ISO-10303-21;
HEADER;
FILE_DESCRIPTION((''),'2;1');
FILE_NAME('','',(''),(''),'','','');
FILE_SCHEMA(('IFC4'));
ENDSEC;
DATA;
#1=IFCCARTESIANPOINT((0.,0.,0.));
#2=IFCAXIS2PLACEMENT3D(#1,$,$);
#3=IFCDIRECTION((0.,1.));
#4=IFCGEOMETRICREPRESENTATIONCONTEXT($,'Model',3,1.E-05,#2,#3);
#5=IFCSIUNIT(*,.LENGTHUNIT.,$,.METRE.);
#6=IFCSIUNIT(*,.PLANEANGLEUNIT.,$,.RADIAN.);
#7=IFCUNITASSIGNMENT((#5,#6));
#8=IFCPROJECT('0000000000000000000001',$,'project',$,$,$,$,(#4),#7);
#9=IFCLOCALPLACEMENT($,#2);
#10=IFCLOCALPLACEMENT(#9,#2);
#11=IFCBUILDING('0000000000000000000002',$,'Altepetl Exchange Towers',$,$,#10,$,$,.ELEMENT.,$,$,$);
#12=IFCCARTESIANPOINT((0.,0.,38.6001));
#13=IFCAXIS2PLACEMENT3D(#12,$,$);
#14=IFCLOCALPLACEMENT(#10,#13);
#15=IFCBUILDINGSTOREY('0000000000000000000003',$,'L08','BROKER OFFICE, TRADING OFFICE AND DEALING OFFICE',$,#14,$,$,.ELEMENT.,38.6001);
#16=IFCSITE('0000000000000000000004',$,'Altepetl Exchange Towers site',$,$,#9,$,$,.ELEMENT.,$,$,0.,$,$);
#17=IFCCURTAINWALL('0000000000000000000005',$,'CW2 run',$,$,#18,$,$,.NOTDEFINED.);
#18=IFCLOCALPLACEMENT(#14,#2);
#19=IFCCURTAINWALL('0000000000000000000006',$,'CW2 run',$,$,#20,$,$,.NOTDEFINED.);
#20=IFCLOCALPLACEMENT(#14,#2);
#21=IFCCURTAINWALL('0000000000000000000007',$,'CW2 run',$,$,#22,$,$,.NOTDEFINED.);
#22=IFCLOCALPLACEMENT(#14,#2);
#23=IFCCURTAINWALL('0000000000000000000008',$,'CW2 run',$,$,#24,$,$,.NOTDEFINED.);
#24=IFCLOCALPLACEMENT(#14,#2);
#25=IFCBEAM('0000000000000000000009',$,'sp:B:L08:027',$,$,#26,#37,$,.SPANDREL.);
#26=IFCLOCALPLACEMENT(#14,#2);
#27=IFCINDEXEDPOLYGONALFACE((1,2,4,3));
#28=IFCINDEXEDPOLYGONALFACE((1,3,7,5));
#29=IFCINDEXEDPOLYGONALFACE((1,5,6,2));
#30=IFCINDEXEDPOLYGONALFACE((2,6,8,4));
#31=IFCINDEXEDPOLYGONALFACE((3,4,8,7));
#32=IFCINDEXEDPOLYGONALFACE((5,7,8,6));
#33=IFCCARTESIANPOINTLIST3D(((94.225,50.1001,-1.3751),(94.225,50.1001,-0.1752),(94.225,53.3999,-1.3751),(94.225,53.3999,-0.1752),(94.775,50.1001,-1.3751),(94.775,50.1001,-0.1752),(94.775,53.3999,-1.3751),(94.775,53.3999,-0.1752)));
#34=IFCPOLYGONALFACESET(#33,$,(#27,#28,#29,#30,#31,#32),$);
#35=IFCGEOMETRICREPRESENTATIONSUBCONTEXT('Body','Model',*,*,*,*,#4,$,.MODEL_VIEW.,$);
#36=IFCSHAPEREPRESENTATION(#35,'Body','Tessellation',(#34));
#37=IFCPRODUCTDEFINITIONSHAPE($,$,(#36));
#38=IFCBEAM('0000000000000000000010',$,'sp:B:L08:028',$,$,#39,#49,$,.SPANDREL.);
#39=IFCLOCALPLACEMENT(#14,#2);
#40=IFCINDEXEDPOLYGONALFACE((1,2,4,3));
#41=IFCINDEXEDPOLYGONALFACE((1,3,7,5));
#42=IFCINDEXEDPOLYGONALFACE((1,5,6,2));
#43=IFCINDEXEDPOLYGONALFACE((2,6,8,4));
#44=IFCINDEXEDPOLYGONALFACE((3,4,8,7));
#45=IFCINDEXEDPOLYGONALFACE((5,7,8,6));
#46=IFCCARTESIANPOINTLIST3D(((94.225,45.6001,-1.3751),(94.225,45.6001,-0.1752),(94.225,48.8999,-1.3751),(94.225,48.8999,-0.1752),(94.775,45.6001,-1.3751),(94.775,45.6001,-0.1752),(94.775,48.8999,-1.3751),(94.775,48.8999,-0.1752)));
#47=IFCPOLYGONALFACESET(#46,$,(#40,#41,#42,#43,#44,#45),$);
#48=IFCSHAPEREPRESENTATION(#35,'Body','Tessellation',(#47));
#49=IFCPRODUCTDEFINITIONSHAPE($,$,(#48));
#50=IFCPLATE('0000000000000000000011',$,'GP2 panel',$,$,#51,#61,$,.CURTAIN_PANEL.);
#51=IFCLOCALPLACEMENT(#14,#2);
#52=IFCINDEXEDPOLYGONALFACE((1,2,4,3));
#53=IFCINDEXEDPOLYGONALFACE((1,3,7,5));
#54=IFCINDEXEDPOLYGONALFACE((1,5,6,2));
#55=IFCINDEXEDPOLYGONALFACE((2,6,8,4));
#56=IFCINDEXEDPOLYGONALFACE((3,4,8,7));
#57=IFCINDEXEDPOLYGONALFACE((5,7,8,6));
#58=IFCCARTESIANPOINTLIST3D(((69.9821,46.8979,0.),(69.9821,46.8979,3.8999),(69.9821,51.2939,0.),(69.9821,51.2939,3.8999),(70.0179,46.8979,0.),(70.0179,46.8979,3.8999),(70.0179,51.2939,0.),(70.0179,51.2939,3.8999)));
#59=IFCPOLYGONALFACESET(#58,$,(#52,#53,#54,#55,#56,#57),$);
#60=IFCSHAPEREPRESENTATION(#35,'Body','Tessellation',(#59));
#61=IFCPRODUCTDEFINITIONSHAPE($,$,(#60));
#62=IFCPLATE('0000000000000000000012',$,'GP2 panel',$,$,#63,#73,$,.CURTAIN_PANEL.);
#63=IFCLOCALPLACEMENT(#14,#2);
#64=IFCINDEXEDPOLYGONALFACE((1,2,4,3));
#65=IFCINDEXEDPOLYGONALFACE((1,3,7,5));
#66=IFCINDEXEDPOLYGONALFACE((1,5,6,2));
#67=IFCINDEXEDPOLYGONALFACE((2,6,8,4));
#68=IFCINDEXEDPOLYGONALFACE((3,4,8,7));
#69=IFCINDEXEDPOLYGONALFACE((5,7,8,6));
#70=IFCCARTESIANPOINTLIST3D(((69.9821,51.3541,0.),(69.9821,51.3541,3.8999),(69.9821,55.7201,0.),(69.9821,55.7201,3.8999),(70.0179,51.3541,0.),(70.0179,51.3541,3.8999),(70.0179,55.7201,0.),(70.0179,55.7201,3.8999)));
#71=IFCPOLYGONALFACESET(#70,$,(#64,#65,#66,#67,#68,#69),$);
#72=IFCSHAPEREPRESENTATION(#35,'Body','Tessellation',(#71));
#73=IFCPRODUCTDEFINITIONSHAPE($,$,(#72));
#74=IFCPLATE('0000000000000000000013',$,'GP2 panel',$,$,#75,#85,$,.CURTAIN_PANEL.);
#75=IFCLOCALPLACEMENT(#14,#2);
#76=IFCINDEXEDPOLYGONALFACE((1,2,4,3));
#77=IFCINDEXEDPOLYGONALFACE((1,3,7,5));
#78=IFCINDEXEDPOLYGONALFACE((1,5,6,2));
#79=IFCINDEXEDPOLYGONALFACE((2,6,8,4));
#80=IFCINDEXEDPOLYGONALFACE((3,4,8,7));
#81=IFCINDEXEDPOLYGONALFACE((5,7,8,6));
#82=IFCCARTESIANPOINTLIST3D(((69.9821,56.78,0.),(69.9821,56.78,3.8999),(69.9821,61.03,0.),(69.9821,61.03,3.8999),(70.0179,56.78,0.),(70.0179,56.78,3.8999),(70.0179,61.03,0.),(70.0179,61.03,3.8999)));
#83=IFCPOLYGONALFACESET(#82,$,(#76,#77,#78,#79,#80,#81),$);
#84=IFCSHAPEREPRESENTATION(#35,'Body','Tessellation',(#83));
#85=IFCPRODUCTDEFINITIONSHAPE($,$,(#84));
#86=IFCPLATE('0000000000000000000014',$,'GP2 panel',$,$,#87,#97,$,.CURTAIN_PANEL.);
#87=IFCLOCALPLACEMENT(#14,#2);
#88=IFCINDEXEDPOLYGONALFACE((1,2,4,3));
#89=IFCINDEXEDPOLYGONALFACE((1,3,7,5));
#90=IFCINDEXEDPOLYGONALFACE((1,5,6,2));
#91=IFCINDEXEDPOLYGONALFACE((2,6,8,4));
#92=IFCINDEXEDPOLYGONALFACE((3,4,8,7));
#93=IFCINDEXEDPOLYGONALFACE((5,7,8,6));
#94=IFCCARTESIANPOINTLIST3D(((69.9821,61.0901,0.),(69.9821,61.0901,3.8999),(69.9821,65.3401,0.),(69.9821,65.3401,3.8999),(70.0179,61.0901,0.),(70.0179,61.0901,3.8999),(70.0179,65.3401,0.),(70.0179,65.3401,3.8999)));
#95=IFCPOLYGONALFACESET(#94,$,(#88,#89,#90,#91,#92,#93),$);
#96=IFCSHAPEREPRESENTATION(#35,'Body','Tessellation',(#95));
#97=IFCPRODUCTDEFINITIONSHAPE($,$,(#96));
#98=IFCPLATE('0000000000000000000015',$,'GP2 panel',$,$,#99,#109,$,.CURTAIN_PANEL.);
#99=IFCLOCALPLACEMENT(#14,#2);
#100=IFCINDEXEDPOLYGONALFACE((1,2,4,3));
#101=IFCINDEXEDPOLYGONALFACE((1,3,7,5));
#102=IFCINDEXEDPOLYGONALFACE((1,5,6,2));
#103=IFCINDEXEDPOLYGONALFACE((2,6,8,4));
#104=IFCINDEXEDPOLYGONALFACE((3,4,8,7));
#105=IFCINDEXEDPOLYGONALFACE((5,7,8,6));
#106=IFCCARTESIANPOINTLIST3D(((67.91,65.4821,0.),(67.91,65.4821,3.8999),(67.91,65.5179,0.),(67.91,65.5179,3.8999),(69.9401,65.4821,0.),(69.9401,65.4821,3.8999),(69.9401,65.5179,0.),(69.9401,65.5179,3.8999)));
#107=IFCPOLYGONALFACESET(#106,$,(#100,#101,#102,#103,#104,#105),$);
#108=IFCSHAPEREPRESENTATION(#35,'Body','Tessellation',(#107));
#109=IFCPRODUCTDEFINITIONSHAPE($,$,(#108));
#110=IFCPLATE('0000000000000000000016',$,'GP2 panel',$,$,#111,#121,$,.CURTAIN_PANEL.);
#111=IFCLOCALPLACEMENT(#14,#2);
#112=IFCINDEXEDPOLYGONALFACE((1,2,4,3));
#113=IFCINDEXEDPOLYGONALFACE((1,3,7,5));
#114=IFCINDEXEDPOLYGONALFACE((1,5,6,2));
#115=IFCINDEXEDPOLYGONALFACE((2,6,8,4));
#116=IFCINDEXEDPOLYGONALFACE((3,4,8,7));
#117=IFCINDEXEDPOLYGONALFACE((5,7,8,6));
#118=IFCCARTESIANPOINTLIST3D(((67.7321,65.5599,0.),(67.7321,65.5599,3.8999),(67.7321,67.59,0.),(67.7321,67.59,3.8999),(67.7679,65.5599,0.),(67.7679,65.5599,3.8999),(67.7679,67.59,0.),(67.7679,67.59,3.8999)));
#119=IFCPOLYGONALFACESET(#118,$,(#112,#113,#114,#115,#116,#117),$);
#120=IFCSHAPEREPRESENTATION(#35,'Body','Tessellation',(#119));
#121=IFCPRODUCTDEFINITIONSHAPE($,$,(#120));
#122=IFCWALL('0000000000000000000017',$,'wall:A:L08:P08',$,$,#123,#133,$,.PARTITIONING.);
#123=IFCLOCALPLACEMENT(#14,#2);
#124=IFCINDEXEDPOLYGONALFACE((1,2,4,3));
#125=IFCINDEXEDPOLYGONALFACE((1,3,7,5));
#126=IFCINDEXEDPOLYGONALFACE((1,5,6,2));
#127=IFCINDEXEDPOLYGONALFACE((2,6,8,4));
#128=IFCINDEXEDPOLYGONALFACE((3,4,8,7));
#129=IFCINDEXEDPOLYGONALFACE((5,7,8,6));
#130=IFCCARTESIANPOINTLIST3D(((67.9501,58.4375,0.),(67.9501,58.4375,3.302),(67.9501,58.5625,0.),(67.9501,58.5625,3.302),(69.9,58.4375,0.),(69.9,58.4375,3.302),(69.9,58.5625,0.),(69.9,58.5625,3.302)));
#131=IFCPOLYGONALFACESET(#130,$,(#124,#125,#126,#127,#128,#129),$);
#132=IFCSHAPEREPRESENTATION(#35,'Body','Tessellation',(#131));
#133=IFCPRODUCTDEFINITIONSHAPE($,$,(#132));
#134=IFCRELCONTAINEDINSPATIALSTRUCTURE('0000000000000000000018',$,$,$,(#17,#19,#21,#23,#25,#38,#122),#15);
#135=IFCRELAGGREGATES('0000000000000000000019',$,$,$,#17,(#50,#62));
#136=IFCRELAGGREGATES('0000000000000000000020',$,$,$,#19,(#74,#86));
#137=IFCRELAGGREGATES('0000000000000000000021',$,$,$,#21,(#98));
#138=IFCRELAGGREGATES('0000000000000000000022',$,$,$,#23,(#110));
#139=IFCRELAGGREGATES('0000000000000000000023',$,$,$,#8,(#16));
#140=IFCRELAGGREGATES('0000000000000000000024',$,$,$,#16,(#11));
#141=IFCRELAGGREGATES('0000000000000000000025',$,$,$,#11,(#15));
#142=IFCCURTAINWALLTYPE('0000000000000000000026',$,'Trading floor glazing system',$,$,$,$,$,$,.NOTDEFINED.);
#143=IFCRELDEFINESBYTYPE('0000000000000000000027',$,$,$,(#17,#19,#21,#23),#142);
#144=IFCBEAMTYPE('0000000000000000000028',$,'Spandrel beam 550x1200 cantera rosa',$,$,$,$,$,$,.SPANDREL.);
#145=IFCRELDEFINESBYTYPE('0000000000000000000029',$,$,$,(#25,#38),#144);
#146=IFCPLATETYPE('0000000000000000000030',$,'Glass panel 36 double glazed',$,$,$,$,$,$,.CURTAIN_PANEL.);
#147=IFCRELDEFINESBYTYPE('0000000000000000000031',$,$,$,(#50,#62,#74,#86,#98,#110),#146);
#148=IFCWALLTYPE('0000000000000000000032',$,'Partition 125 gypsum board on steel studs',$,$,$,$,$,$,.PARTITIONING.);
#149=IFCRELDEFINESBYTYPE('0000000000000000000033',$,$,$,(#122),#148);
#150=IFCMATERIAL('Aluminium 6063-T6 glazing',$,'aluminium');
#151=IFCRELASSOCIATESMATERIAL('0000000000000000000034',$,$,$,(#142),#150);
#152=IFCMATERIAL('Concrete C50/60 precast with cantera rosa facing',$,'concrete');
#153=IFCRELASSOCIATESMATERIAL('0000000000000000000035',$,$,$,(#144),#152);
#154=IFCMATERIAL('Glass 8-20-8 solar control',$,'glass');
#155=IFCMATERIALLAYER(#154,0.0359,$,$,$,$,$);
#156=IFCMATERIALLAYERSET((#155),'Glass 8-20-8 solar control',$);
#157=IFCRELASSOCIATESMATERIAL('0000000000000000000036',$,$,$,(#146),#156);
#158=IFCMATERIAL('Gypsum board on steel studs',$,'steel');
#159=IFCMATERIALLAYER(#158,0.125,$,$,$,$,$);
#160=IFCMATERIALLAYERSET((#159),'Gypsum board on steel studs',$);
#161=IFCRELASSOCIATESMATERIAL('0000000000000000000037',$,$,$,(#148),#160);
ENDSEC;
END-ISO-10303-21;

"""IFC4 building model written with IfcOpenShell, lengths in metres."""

from ifc_helpers import new_model, si_unit, direction, frame, frame_2d, origin, origin_2d, place, context, subcontext, project, spatial, rectangle, extrude, material, layer, layer_set, material_profile, profile_set, type_object, element, aggregate, save


model = new_model("IFC4")

# Units and contexts
model_context = context("Model", 3, precision=1e-05, world=origin(), true_north=direction((0.0, 1.0)))
body_context = subcontext(model_context, "Body", "Model", "MODEL_VIEW")
ifc_project = project(units=[si_unit("LENGTHUNIT", "METRE"), si_unit("PLANEANGLEUNIT", "RADIAN")], contexts=[model_context])

# Site, building, storey
site_placement = place(None, origin())
site = spatial("IfcSite", under=ifc_project, at=site_placement, Name="Altepetl Exchange Towers site", CompositionType="ELEMENT", RefElevation=0.0)
building_placement = place(site_placement, origin())
building = spatial("IfcBuilding", under=site, at=building_placement, Name="Altepetl Exchange Towers", CompositionType="ELEMENT")
storey_placement = place(building_placement, frame((0.0, 0.0, 38.6001)))
storey = spatial("IfcBuildingStorey", under=building, at=storey_placement, Name="L08", Description="BROKER OFFICE, TRADING OFFICE AND DEALING OFFICE", CompositionType="ELEMENT", Elevation=38.6001)

# Curtain walls
ifc_material_1 = material(Name="Aluminium 6063-T6 glazing", Category="aluminium")
curtain_wall_type = type_object("IfcCurtainWallType", Name="Trading floor glazing system", PredefinedType="NOTDEFINED", material=ifc_material_1)
curtain_wall_1_placement = place(storey_placement, origin())
curtain_wall_1 = element("IfcCurtainWall", 1, at=curtain_wall_1_placement, inside=storey, type_object=curtain_wall_type, Name="CW2 run", PredefinedType="NOTDEFINED")
curtain_wall_2_placement = place(storey_placement, origin())
curtain_wall_2 = element("IfcCurtainWall", 2, at=curtain_wall_2_placement, inside=storey, type_object=curtain_wall_type, Name="CW2 run", PredefinedType="NOTDEFINED")
curtain_wall_3_placement = place(storey_placement, origin())
curtain_wall_3 = element("IfcCurtainWall", 3, at=curtain_wall_3_placement, inside=storey, type_object=curtain_wall_type, Name="CW2 run", PredefinedType="NOTDEFINED")
curtain_wall_4_placement = place(storey_placement, origin())
curtain_wall_4 = element("IfcCurtainWall", 4, at=curtain_wall_4_placement, inside=storey, type_object=curtain_wall_type, Name="CW2 run", PredefinedType="NOTDEFINED")

# Beams
ifc_material_2 = material(Name="Concrete C50/60 precast with cantera rosa facing", Category="concrete")
ifc_material_profile_1 = material_profile(ifc_material_2, rectangle(XDim=0.55, YDim=1.2, at=origin_2d()), Name="550 x 1200")
ifc_profile_set_1 = profile_set([ifc_material_profile_1], Name="Concrete C50/60 precast with cantera rosa facing")
beam_type_1 = type_object("IfcBeamType", Name="Spandrel beam 550x1200 cantera rosa", PredefinedType="SPANDREL", material=ifc_profile_set_1)
for number, where, z_axis, x_axis, name in (
    (5, (94.5, 53.3999, -0.7751), (0.0, -1.0, 0.0), (1.0, 0.0, 0.0), "sp:B:L08:027"),
    (6, (94.5, 48.8999, -0.7751), (0.0, -1.0, 0.0), (1.0, 0.0, 0.0), "sp:B:L08:028"),
):
    element("IfcBeam", number, at=place(storey_placement, frame(where, z_axis=z_axis, x_axis=x_axis)), inside=storey, type_object=beam_type_1, Name=name, PredefinedType="SPANDREL", context=body_context, shape_type="SweptSolid", body=[
        extrude(rectangle(XDim=0.55, YDim=1.2, at=origin_2d()), origin(), (0.0, 0.0, 1.0), 3.2998),
    ])

# Plates
ifc_material_3 = material(Name="Glass 8-20-8 solar control", Category="glass")
ifc_layer_1 = layer(ifc_material_3, 0.0359)
ifc_layer_set_1 = layer_set([ifc_layer_1], Name="Glass 8-20-8 solar control")
plate_type = type_object("IfcPlateType", Name="Glass panel 36 double glazed", PredefinedType="CURTAIN_PANEL", material=ifc_layer_set_1)
plate_1_placement = place(storey_placement, frame((70.0, 49.0959, 0.0), z_axis=(0.0, 0.0, 1.0), x_axis=(0.0, 1.0, 0.0)))
plate_1 = element("IfcPlate", 7, at=plate_1_placement, type_object=plate_type, Name="GP2 panel", PredefinedType="CURTAIN_PANEL", context=body_context, shape_type="SweptSolid", body=[
    extrude(rectangle(XDim=4.396, YDim=0.0359, at=origin_2d()), origin(), (0.0, 0.0, 1.0), 3.8999),
])
plate_2_placement = place(storey_placement, frame((70.0, 53.5371, 0.0), z_axis=(0.0, 0.0, 1.0), x_axis=(0.0, 1.0, 0.0)))
plate_2 = element("IfcPlate", 8, at=plate_2_placement, type_object=plate_type, Name="GP2 panel", PredefinedType="CURTAIN_PANEL", context=body_context, shape_type="SweptSolid", body=[
    extrude(rectangle(XDim=4.366, YDim=0.0359, at=origin_2d()), origin(), (0.0, 0.0, 1.0), 3.8999),
])
aggregate(curtain_wall_1, [plate_1, plate_2])
plate_3_placement = place(storey_placement, frame((70.0, 58.905, 0.0), z_axis=(0.0, 0.0, 1.0), x_axis=(0.0, 1.0, 0.0)))
plate_3 = element("IfcPlate", 9, at=plate_3_placement, type_object=plate_type, Name="GP2 panel", PredefinedType="CURTAIN_PANEL", context=body_context, shape_type="SweptSolid", body=[
    extrude(rectangle(XDim=4.25, YDim=0.0359, at=origin_2d()), origin(), (0.0, 0.0, 1.0), 3.8999),
])
plate_4_placement = place(storey_placement, frame((70.0, 63.2151, 0.0), z_axis=(0.0, 0.0, 1.0), x_axis=(0.0, 1.0, 0.0)))
plate_4 = element("IfcPlate", 10, at=plate_4_placement, type_object=plate_type, Name="GP2 panel", PredefinedType="CURTAIN_PANEL", context=body_context, shape_type="SweptSolid", body=[
    extrude(rectangle(XDim=4.25, YDim=0.0359, at=origin_2d()), origin(), (0.0, 0.0, 1.0), 3.8999),
])
aggregate(curtain_wall_2, [plate_3, plate_4])
plate_5_placement = place(storey_placement, frame((68.925, 65.5, 0.0), z_axis=(0.0, 0.0, 1.0), x_axis=(-1.0, 0.0, 0.0)))
plate_5 = element("IfcPlate", 11, at=plate_5_placement, type_object=plate_type, Name="GP2 panel", PredefinedType="CURTAIN_PANEL", context=body_context, shape_type="SweptSolid", body=[
    extrude(rectangle(XDim=2.03, YDim=0.0359, at=origin_2d()), origin(), (0.0, 0.0, 1.0), 3.8999),
])
aggregate(curtain_wall_3, [plate_5])
plate_6_placement = place(storey_placement, frame((67.75, 66.575, 0.0), z_axis=(0.0, 0.0, 1.0), x_axis=(0.0, 1.0, 0.0)))
plate_6 = element("IfcPlate", 12, at=plate_6_placement, type_object=plate_type, Name="GP2 panel", PredefinedType="CURTAIN_PANEL", context=body_context, shape_type="SweptSolid", body=[
    extrude(rectangle(XDim=2.03, YDim=0.0359, at=origin_2d()), origin(), (0.0, 0.0, 1.0), 3.8999),
])
aggregate(curtain_wall_4, [plate_6])

# Wall
ifc_material_4 = material(Name="Gypsum board on steel studs", Category="steel")
ifc_layer_2 = layer(ifc_material_4, 0.125)
ifc_layer_set_2 = layer_set([ifc_layer_2], Name="Gypsum board on steel studs")
wall_type = type_object("IfcWallType", Name="Partition 125 gypsum board on steel studs", PredefinedType="PARTITIONING", material=ifc_layer_set_2)
wall_placement = place(storey_placement, frame((67.95, 58.5, 0.0)))
element("IfcWall", 13, at=wall_placement, inside=storey, type_object=wall_type, Name="wall:A:L08:P08", PredefinedType="PARTITIONING", context=body_context, shape_type="SweptSolid", body=[
    extrude(rectangle(XDim=1.95, YDim=0.125, at=frame_2d((0.9751, 0.0))), origin(), (0.0, 0.0, 1.0), 3.302),
])

save(model, "model.ifc")
